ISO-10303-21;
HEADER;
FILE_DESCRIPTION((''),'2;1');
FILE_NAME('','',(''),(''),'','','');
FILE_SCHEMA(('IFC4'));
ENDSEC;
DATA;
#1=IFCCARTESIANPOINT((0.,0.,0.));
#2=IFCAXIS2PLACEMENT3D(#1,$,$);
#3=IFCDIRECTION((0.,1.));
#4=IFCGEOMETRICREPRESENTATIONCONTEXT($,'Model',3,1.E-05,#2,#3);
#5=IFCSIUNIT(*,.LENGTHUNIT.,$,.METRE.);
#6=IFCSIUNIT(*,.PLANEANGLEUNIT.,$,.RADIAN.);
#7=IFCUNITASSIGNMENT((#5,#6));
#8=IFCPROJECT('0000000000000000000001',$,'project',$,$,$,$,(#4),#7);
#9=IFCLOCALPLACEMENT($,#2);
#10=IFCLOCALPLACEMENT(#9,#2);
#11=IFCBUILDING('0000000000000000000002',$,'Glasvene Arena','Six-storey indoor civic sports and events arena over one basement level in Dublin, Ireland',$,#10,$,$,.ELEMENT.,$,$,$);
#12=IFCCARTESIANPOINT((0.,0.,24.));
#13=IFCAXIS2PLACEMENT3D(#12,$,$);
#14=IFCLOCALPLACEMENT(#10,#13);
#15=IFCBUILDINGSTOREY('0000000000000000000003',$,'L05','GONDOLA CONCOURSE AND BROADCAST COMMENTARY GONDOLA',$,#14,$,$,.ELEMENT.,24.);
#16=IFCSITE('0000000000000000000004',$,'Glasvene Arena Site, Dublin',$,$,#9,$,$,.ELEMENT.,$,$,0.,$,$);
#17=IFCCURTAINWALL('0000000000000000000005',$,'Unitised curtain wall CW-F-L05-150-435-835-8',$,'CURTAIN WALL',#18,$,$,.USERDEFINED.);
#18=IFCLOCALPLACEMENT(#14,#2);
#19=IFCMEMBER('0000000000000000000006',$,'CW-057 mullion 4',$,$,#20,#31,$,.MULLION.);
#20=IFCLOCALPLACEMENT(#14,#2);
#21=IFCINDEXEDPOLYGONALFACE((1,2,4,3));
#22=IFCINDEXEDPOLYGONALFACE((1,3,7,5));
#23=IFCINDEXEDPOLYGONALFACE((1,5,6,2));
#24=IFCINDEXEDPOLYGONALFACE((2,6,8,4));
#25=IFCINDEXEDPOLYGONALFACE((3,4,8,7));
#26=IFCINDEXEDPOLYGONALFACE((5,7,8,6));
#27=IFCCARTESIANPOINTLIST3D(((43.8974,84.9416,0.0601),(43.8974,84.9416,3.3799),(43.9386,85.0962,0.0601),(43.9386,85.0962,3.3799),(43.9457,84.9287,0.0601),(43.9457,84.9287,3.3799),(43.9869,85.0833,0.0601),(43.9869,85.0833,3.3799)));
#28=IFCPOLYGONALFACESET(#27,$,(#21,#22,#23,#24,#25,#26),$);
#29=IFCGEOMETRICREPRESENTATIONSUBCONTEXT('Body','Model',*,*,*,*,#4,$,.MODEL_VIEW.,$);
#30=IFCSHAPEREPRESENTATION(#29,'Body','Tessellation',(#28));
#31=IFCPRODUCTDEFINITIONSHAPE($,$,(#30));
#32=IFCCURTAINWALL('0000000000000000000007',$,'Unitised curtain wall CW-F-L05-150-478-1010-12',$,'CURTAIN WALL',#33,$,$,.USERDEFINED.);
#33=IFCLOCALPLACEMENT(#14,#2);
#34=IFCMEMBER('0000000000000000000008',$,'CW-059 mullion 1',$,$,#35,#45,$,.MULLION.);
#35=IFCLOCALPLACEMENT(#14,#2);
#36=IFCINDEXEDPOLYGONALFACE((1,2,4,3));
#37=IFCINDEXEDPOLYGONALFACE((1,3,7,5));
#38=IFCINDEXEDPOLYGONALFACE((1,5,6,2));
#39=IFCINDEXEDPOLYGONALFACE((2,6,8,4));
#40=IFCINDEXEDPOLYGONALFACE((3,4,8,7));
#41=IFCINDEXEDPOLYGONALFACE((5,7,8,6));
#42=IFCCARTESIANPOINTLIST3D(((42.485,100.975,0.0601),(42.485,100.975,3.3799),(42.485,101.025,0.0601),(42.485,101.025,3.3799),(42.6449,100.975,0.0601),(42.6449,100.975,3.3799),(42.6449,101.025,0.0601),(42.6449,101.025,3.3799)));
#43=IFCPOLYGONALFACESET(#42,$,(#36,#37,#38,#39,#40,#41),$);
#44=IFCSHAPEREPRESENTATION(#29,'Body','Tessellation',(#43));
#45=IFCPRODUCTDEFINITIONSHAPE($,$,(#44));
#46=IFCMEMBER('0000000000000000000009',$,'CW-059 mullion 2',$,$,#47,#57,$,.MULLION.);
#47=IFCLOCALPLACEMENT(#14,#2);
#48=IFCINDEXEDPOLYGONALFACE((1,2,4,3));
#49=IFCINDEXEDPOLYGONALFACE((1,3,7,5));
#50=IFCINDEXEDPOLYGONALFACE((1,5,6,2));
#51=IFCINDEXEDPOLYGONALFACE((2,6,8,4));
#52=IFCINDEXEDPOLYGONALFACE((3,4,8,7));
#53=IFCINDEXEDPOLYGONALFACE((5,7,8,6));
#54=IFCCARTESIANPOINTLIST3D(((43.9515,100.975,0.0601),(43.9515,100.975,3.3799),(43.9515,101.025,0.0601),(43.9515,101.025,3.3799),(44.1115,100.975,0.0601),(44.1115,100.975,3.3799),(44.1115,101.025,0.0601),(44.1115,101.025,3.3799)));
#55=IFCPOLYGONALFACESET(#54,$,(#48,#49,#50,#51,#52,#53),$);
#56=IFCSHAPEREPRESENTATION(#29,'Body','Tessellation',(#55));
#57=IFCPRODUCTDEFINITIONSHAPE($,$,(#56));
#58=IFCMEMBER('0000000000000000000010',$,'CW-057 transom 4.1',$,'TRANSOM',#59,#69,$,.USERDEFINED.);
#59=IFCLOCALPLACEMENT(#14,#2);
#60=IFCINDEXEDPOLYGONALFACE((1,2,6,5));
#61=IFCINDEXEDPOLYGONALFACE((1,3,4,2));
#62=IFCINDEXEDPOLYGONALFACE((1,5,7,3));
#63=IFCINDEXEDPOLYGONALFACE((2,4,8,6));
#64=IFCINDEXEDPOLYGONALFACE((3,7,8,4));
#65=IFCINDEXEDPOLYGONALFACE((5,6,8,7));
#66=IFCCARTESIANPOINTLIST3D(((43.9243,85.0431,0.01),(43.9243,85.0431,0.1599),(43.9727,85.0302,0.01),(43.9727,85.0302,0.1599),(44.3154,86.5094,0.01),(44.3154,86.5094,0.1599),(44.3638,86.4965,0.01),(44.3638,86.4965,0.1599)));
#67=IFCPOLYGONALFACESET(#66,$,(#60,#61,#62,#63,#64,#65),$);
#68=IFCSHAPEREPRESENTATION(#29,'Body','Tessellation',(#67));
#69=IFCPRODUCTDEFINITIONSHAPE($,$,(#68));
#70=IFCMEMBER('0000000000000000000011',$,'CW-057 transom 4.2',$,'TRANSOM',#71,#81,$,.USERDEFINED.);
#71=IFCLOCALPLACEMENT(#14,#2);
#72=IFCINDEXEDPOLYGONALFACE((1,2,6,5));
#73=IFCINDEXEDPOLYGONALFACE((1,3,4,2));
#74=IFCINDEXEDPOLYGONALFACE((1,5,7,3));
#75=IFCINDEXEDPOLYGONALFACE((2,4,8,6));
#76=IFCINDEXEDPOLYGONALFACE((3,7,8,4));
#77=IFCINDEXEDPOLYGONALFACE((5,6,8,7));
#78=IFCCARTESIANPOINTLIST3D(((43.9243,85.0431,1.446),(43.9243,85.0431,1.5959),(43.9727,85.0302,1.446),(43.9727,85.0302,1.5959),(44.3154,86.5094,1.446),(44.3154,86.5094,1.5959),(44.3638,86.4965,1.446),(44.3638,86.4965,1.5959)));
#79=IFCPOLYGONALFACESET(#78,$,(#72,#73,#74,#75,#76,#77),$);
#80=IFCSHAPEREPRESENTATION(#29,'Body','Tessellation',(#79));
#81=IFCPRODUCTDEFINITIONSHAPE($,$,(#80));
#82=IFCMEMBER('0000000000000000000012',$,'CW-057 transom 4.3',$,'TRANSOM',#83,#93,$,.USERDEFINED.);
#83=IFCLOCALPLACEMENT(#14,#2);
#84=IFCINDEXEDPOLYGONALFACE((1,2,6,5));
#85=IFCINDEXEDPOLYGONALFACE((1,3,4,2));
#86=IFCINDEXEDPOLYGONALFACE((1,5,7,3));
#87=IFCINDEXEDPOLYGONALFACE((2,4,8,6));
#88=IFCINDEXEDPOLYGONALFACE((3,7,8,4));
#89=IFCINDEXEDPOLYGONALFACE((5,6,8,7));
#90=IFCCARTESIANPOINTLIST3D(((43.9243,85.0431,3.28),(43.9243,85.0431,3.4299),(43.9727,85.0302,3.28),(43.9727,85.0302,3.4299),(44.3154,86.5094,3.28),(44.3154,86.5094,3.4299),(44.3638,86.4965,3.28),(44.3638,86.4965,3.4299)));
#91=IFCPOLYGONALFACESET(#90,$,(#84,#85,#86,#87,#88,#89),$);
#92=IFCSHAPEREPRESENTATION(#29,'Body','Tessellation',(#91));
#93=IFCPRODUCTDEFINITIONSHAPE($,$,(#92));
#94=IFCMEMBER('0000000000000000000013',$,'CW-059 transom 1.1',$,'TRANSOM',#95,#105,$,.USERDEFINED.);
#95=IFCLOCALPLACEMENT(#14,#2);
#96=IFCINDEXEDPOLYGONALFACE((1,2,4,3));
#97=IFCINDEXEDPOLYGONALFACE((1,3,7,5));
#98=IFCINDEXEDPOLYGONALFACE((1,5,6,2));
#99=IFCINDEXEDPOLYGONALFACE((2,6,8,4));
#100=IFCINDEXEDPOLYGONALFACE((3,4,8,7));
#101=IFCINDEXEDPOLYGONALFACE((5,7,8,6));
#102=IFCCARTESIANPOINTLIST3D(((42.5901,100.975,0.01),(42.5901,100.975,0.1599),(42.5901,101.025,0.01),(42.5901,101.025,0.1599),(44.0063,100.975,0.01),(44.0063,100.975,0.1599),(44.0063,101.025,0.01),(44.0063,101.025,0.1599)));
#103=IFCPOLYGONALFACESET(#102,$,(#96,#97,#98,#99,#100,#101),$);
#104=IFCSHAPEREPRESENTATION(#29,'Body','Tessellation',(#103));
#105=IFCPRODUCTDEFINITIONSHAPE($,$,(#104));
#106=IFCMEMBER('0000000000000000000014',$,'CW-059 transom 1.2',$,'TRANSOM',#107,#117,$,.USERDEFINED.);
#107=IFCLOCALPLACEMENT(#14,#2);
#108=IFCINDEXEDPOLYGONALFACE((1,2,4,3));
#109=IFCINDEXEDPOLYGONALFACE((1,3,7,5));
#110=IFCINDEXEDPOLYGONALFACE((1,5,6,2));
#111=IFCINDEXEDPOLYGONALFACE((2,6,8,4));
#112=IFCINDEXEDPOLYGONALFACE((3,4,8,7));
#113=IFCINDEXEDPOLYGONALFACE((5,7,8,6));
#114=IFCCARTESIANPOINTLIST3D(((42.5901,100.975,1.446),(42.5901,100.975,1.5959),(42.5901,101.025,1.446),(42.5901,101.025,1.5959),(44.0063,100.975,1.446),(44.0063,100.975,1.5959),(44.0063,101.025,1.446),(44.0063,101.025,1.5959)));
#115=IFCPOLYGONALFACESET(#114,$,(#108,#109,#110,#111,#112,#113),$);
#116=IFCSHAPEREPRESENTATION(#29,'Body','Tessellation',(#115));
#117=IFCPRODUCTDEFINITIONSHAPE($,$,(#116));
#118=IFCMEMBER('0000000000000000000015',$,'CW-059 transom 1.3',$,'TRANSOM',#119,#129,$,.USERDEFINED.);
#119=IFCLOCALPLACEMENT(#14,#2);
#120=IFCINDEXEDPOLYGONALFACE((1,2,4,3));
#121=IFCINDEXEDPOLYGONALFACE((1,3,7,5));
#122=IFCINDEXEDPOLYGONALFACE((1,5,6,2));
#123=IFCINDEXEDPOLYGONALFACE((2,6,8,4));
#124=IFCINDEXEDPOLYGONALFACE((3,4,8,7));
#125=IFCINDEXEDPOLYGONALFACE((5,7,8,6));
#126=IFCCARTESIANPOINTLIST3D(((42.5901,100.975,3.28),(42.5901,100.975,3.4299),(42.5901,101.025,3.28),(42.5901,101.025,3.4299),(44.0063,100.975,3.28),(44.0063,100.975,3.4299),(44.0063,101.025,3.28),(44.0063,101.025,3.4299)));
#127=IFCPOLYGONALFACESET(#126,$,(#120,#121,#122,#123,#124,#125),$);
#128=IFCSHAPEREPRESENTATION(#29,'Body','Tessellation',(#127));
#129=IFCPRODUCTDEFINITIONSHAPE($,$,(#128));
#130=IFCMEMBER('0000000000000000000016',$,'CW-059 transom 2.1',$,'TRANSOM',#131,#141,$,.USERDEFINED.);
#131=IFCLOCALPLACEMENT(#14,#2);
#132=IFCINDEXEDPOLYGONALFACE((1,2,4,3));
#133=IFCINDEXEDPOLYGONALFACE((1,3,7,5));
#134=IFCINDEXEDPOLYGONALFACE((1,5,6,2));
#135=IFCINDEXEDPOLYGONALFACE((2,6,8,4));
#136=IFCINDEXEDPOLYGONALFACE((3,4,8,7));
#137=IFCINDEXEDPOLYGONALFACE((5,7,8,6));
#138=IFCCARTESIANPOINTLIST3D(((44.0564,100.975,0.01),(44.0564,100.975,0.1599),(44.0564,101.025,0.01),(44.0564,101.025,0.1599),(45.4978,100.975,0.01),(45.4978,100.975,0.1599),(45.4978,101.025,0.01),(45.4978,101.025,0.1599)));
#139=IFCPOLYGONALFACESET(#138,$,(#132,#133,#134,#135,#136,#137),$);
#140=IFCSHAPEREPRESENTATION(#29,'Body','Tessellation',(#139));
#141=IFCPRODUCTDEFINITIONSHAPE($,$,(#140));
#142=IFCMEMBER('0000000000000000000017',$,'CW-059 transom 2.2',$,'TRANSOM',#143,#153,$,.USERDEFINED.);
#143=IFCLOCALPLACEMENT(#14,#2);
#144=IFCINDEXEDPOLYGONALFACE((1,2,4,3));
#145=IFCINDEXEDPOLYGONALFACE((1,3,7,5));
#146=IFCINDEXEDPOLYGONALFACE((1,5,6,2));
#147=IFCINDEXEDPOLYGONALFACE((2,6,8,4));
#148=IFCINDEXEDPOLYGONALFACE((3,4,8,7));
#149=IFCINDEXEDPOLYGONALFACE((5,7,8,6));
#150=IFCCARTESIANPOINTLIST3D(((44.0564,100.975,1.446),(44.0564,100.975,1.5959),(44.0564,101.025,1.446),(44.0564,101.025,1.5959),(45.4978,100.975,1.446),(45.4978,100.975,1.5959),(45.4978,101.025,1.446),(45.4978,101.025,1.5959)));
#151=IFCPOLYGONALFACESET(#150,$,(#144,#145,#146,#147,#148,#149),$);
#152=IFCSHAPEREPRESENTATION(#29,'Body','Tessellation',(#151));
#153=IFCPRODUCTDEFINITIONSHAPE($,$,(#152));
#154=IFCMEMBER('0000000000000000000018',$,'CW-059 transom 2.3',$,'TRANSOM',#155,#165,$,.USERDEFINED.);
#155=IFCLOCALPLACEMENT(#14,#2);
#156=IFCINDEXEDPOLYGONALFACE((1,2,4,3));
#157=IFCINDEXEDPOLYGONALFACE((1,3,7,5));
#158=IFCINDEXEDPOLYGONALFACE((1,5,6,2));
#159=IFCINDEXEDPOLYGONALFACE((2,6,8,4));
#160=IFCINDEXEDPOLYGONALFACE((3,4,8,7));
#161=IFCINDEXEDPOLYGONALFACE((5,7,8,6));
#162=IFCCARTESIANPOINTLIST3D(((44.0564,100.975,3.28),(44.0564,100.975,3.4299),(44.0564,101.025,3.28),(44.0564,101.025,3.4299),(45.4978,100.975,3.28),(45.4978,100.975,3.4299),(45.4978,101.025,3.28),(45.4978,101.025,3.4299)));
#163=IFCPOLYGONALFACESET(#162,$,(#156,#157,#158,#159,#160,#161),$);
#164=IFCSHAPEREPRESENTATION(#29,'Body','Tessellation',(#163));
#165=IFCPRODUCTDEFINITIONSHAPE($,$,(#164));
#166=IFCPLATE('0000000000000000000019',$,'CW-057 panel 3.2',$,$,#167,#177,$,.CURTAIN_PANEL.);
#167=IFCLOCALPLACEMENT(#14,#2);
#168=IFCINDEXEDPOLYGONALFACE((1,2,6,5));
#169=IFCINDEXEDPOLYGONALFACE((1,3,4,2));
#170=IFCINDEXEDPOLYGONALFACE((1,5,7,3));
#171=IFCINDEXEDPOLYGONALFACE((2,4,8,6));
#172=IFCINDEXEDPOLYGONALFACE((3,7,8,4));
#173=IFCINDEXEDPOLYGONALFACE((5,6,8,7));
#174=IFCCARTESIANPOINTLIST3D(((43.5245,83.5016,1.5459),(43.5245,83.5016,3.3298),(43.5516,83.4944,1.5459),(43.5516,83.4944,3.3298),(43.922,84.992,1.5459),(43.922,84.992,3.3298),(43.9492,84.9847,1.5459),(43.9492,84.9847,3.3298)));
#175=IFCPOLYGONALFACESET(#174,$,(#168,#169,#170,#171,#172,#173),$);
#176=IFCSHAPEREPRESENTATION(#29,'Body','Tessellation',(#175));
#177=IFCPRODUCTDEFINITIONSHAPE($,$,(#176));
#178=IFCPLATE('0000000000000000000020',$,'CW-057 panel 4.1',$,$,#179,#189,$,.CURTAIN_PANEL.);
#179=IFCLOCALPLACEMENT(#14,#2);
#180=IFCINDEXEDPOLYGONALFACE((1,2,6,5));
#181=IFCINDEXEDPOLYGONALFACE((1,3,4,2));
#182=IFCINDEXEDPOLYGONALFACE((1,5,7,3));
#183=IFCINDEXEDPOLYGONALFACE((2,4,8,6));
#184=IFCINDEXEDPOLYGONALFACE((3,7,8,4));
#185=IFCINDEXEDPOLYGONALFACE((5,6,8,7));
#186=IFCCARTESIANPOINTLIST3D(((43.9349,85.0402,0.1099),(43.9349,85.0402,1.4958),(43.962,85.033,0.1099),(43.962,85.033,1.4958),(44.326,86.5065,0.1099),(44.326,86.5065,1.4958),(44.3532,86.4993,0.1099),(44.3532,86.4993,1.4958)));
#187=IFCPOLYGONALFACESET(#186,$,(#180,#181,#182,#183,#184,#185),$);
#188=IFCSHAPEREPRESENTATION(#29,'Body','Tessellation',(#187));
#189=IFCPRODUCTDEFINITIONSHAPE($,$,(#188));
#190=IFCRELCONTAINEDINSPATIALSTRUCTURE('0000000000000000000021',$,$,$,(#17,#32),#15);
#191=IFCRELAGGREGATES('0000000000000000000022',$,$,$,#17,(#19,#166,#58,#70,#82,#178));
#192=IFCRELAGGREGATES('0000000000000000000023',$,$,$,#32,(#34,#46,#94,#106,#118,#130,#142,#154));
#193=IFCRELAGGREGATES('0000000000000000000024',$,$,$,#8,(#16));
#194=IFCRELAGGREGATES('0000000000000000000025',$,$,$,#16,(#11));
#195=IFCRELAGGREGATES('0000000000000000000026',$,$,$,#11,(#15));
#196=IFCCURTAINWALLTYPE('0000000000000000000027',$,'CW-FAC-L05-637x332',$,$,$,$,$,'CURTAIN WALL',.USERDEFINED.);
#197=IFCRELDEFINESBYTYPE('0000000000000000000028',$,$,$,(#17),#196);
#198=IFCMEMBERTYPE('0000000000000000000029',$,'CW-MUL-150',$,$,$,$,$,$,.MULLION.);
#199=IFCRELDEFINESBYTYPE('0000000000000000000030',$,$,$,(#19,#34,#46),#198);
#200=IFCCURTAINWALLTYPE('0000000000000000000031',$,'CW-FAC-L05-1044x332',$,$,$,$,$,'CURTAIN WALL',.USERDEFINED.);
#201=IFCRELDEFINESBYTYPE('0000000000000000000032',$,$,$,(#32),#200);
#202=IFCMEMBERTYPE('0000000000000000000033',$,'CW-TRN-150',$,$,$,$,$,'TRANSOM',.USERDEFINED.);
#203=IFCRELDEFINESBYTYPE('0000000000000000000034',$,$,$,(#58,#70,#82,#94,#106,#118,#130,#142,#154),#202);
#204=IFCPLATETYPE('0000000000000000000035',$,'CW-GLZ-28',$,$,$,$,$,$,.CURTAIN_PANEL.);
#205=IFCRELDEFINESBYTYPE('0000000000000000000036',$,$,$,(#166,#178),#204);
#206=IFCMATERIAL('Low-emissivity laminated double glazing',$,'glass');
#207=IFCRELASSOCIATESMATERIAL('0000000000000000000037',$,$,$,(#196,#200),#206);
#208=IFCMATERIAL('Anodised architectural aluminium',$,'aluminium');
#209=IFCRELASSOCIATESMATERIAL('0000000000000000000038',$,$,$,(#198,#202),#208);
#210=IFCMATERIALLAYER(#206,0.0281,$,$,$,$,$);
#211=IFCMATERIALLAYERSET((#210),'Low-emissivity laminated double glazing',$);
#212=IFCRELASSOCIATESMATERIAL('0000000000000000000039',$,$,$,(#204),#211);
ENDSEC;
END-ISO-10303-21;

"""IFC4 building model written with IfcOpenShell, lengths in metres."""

from ifc_helpers import new_model, si_unit, direction, frame, origin, origin_2d, place, context, subcontext, project, spatial, rectangle, extrude, material, layer, layer_set, material_profile, profile_set, type_object, element, aggregate, save


model = new_model("IFC4")

# Units and contexts
model_context = context("Model", 3, precision=1e-05, world=origin(), true_north=direction((0.0, 1.0)))
body_context = subcontext(model_context, "Body", "Model", "MODEL_VIEW")
ifc_project = project(units=[si_unit("LENGTHUNIT", "METRE"), si_unit("PLANEANGLEUNIT", "RADIAN")], contexts=[model_context])

# Site, building, storey
site_placement = place(None, origin())
site = spatial("IfcSite", under=ifc_project, at=site_placement, Name="Glasvene Arena Site, Dublin", CompositionType="ELEMENT", RefElevation=0.0)
building_placement = place(site_placement, origin())
building = spatial("IfcBuilding", under=site, at=building_placement, Name="Glasvene Arena", Description="Six-storey indoor civic sports and events arena over one basement level in Dublin, Ireland", CompositionType="ELEMENT")
storey_placement = place(building_placement, frame((0.0, 0.0, 24.0)))
storey = spatial("IfcBuildingStorey", under=building, at=storey_placement, Name="L05", Description="GONDOLA CONCOURSE AND BROADCAST COMMENTARY GONDOLA", CompositionType="ELEMENT", Elevation=24.0)

# Curtain wall, member
ifc_material_1 = material(Name="Low-emissivity laminated double glazing", Category="glass")
curtain_wall_type_1 = type_object("IfcCurtainWallType", Name="CW-FAC-L05-637x332", ElementType="CURTAIN WALL", PredefinedType="USERDEFINED", material=ifc_material_1)
curtain_wall_1_placement = place(storey_placement, frame((42.7107, 80.3965, 0.0)))
curtain_wall_1 = element("IfcCurtainWall", 1, at=curtain_wall_1_placement, inside=storey, type_object=curtain_wall_type_1, Name="Unitised curtain wall CW-F-L05-150-435-835-8", ObjectType="CURTAIN WALL", PredefinedType="USERDEFINED")
ifc_material_2 = material(Name="Anodised architectural aluminium", Category="aluminium")
ifc_material_profile_1 = material_profile(ifc_material_2, rectangle(XDim=0.05, YDim=0.1599, at=origin_2d()), Name="ALU MULLION 50x160")
ifc_profile_set_1 = profile_set([ifc_material_profile_1], Name="Anodised architectural aluminium")
member_type_1 = type_object("IfcMemberType", Name="CW-MUL-150", PredefinedType="MULLION", material=ifc_profile_set_1)
member_1_placement = place(storey_placement, frame((43.9421, 85.0125, 0.0601), z_axis=(0.0, 0.0, 1.0), x_axis=(-0.966215, 0.257739, 0.0)))
member_1 = element("IfcMember", 2, at=member_1_placement, type_object=member_type_1, Name="CW-057 mullion 4", PredefinedType="MULLION", context=body_context, shape_type="SweptSolid", body=[
    extrude(rectangle(XDim=0.05, YDim=0.1599, at=origin_2d()), origin(), (0.0, 0.0, 1.0), 3.3198),
])

# Curtain wall, members
curtain_wall_type_2 = type_object("IfcCurtainWallType", Name="CW-FAC-L05-1044x332", ElementType="CURTAIN WALL", PredefinedType="USERDEFINED", material=ifc_material_1)
curtain_wall_2_placement = place(storey_placement, frame((42.54, 101.0, 0.0)))
curtain_wall_2 = element("IfcCurtainWall", 3, at=curtain_wall_2_placement, inside=storey, type_object=curtain_wall_type_2, Name="Unitised curtain wall CW-F-L05-150-478-1010-12", ObjectType="CURTAIN WALL", PredefinedType="USERDEFINED")
member_2_placement = place(storey_placement, frame((42.5649, 101.0, 0.0601), z_axis=(0.0, 0.0, 1.0), x_axis=(0.0, 1.0, 0.0)))
member_2 = element("IfcMember", 4, at=member_2_placement, type_object=member_type_1, Name="CW-059 mullion 1", PredefinedType="MULLION", context=body_context, shape_type="SweptSolid", body=[
    extrude(rectangle(XDim=0.05, YDim=0.1599, at=origin_2d()), origin(), (0.0, 0.0, 1.0), 3.3198),
])
member_3_placement = place(storey_placement, frame((44.0315, 101.0, 0.0601), z_axis=(0.0, 0.0, 1.0), x_axis=(0.0, 1.0, 0.0)))
member_3 = element("IfcMember", 5, at=member_3_placement, type_object=member_type_1, Name="CW-059 mullion 2", PredefinedType="MULLION", context=body_context, shape_type="SweptSolid", body=[
    extrude(rectangle(XDim=0.05, YDim=0.1599, at=origin_2d()), origin(), (0.0, 0.0, 1.0), 3.3198),
])

# Members
ifc_material_profile_2 = material_profile(ifc_material_2, rectangle(XDim=0.05, YDim=0.1499, at=origin_2d()), Name="ALU TRANSOM 50x150")
ifc_profile_set_2 = profile_set([ifc_material_profile_2], Name="Anodised architectural aluminium")
member_type_2 = type_object("IfcMemberType", Name="CW-TRN-150", ElementType="TRANSOM", PredefinedType="USERDEFINED", material=ifc_profile_set_2)
member_4_placement = place(storey_placement, frame((43.9485, 85.0366, 0.085), z_axis=(0.257723, 0.966219, 0.0), x_axis=(-0.966219, 0.257723, 0.0)))
member_4 = element("IfcMember", 6, at=member_4_placement, type_object=member_type_2, Name="CW-057 transom 4.1", ObjectType="TRANSOM", PredefinedType="USERDEFINED", context=body_context, shape_type="SweptSolid", body=[
    extrude(rectangle(XDim=0.05, YDim=0.1499, at=origin_2d()), origin(), (0.0, 0.0, 1.0), 1.5176),
])
member_5_placement = place(storey_placement, frame((43.9485, 85.0366, 1.521), z_axis=(0.257723, 0.966219, 0.0), x_axis=(-0.966219, 0.257723, 0.0)))
member_5 = element("IfcMember", 7, at=member_5_placement, type_object=member_type_2, Name="CW-057 transom 4.2", ObjectType="TRANSOM", PredefinedType="USERDEFINED", context=body_context, shape_type="SweptSolid", body=[
    extrude(rectangle(XDim=0.05, YDim=0.1499, at=origin_2d()), origin(), (0.0, 0.0, 1.0), 1.5176),
])
member_6_placement = place(storey_placement, frame((43.9485, 85.0366, 3.355), z_axis=(0.257723, 0.966219, 0.0), x_axis=(-0.966219, 0.257723, 0.0)))
member_6 = element("IfcMember", 8, at=member_6_placement, type_object=member_type_2, Name="CW-057 transom 4.3", ObjectType="TRANSOM", PredefinedType="USERDEFINED", context=body_context, shape_type="SweptSolid", body=[
    extrude(rectangle(XDim=0.05, YDim=0.1499, at=origin_2d()), origin(), (0.0, 0.0, 1.0), 1.5176),
])
member_7_placement = place(storey_placement, frame((42.5901, 101.0, 0.085), z_axis=(1.0, 0.0, 0.0), x_axis=(0.0, 1.0, 0.0)))
member_7 = element("IfcMember", 9, at=member_7_placement, type_object=member_type_2, Name="CW-059 transom 1.1", ObjectType="TRANSOM", PredefinedType="USERDEFINED", context=body_context, shape_type="SweptSolid", body=[
    extrude(rectangle(XDim=0.05, YDim=0.1499, at=origin_2d()), origin(), (0.0, 0.0, 1.0), 1.4163),
])
member_8_placement = place(storey_placement, frame((42.5901, 101.0, 1.521), z_axis=(1.0, 0.0, 0.0), x_axis=(0.0, 1.0, 0.0)))
member_8 = element("IfcMember", 10, at=member_8_placement, type_object=member_type_2, Name="CW-059 transom 1.2", ObjectType="TRANSOM", PredefinedType="USERDEFINED", context=body_context, shape_type="SweptSolid", body=[
    extrude(rectangle(XDim=0.05, YDim=0.1499, at=origin_2d()), origin(), (0.0, 0.0, 1.0), 1.4163),
])
member_9_placement = place(storey_placement, frame((42.5901, 101.0, 3.355), z_axis=(1.0, 0.0, 0.0), x_axis=(0.0, 1.0, 0.0)))
member_9 = element("IfcMember", 11, at=member_9_placement, type_object=member_type_2, Name="CW-059 transom 1.3", ObjectType="TRANSOM", PredefinedType="USERDEFINED", context=body_context, shape_type="SweptSolid", body=[
    extrude(rectangle(XDim=0.05, YDim=0.1499, at=origin_2d()), origin(), (0.0, 0.0, 1.0), 1.4163),
])
member_10_placement = place(storey_placement, frame((44.0564, 101.0, 0.085), z_axis=(1.0, 0.0, 0.0), x_axis=(0.0, 1.0, 0.0)))
member_10 = element("IfcMember", 12, at=member_10_placement, type_object=member_type_2, Name="CW-059 transom 2.1", ObjectType="TRANSOM", PredefinedType="USERDEFINED", context=body_context, shape_type="SweptSolid", body=[
    extrude(rectangle(XDim=0.05, YDim=0.1499, at=origin_2d()), origin(), (0.0, 0.0, 1.0), 1.4414),
])
member_11_placement = place(storey_placement, frame((44.0564, 101.0, 1.521), z_axis=(1.0, 0.0, 0.0), x_axis=(0.0, 1.0, 0.0)))
member_11 = element("IfcMember", 13, at=member_11_placement, type_object=member_type_2, Name="CW-059 transom 2.2", ObjectType="TRANSOM", PredefinedType="USERDEFINED", context=body_context, shape_type="SweptSolid", body=[
    extrude(rectangle(XDim=0.05, YDim=0.1499, at=origin_2d()), origin(), (0.0, 0.0, 1.0), 1.4414),
])
member_12_placement = place(storey_placement, frame((44.0564, 101.0, 3.355), z_axis=(1.0, 0.0, 0.0), x_axis=(0.0, 1.0, 0.0)))
member_12 = element("IfcMember", 14, at=member_12_placement, type_object=member_type_2, Name="CW-059 transom 2.3", ObjectType="TRANSOM", PredefinedType="USERDEFINED", context=body_context, shape_type="SweptSolid", body=[
    extrude(rectangle(XDim=0.05, YDim=0.1499, at=origin_2d()), origin(), (0.0, 0.0, 1.0), 1.4414),
])

# Plates
ifc_layer_1 = layer(ifc_material_1, 0.0281)
ifc_layer_set_1 = layer_set([ifc_layer_1], Name="Low-emissivity laminated double glazing")
plate_type = type_object("IfcPlateType", Name="CW-GLZ-28", PredefinedType="CURTAIN_PANEL", material=ifc_layer_set_1)
plate_1_placement = place(storey_placement, frame((43.7368, 84.2432, 1.5459), z_axis=(0.0, 0.0, 1.0), x_axis=(0.257739, 0.966215, 0.0)))
plate_1 = element("IfcPlate", 15, at=plate_1_placement, type_object=plate_type, Name="CW-057 panel 3.2", PredefinedType="CURTAIN_PANEL", context=body_context, shape_type="SweptSolid", body=[
    extrude(rectangle(XDim=1.5425, YDim=0.0281, at=origin_2d()), origin(), (0.0, 0.0, 1.0), 1.7839),
])
plate_2_placement = place(storey_placement, frame((44.144, 85.7698, 0.1099), z_axis=(0.0, 0.0, 1.0), x_axis=(0.257739, 0.966215, 0.0)))
plate_2 = element("IfcPlate", 16, at=plate_2_placement, type_object=plate_type, Name="CW-057 panel 4.1", PredefinedType="CURTAIN_PANEL", context=body_context, shape_type="SweptSolid", body=[
    extrude(rectangle(XDim=1.5176, YDim=0.0281, at=origin_2d()), origin(), (0.0, 0.0, 1.0), 1.386),
])
aggregate(curtain_wall_1, [member_1, plate_1, member_4, member_5, member_6, plate_2])
aggregate(curtain_wall_2, [member_2, member_3, member_7, member_8, member_9, member_10, member_11, member_12])

save(model, "model.ifc")
